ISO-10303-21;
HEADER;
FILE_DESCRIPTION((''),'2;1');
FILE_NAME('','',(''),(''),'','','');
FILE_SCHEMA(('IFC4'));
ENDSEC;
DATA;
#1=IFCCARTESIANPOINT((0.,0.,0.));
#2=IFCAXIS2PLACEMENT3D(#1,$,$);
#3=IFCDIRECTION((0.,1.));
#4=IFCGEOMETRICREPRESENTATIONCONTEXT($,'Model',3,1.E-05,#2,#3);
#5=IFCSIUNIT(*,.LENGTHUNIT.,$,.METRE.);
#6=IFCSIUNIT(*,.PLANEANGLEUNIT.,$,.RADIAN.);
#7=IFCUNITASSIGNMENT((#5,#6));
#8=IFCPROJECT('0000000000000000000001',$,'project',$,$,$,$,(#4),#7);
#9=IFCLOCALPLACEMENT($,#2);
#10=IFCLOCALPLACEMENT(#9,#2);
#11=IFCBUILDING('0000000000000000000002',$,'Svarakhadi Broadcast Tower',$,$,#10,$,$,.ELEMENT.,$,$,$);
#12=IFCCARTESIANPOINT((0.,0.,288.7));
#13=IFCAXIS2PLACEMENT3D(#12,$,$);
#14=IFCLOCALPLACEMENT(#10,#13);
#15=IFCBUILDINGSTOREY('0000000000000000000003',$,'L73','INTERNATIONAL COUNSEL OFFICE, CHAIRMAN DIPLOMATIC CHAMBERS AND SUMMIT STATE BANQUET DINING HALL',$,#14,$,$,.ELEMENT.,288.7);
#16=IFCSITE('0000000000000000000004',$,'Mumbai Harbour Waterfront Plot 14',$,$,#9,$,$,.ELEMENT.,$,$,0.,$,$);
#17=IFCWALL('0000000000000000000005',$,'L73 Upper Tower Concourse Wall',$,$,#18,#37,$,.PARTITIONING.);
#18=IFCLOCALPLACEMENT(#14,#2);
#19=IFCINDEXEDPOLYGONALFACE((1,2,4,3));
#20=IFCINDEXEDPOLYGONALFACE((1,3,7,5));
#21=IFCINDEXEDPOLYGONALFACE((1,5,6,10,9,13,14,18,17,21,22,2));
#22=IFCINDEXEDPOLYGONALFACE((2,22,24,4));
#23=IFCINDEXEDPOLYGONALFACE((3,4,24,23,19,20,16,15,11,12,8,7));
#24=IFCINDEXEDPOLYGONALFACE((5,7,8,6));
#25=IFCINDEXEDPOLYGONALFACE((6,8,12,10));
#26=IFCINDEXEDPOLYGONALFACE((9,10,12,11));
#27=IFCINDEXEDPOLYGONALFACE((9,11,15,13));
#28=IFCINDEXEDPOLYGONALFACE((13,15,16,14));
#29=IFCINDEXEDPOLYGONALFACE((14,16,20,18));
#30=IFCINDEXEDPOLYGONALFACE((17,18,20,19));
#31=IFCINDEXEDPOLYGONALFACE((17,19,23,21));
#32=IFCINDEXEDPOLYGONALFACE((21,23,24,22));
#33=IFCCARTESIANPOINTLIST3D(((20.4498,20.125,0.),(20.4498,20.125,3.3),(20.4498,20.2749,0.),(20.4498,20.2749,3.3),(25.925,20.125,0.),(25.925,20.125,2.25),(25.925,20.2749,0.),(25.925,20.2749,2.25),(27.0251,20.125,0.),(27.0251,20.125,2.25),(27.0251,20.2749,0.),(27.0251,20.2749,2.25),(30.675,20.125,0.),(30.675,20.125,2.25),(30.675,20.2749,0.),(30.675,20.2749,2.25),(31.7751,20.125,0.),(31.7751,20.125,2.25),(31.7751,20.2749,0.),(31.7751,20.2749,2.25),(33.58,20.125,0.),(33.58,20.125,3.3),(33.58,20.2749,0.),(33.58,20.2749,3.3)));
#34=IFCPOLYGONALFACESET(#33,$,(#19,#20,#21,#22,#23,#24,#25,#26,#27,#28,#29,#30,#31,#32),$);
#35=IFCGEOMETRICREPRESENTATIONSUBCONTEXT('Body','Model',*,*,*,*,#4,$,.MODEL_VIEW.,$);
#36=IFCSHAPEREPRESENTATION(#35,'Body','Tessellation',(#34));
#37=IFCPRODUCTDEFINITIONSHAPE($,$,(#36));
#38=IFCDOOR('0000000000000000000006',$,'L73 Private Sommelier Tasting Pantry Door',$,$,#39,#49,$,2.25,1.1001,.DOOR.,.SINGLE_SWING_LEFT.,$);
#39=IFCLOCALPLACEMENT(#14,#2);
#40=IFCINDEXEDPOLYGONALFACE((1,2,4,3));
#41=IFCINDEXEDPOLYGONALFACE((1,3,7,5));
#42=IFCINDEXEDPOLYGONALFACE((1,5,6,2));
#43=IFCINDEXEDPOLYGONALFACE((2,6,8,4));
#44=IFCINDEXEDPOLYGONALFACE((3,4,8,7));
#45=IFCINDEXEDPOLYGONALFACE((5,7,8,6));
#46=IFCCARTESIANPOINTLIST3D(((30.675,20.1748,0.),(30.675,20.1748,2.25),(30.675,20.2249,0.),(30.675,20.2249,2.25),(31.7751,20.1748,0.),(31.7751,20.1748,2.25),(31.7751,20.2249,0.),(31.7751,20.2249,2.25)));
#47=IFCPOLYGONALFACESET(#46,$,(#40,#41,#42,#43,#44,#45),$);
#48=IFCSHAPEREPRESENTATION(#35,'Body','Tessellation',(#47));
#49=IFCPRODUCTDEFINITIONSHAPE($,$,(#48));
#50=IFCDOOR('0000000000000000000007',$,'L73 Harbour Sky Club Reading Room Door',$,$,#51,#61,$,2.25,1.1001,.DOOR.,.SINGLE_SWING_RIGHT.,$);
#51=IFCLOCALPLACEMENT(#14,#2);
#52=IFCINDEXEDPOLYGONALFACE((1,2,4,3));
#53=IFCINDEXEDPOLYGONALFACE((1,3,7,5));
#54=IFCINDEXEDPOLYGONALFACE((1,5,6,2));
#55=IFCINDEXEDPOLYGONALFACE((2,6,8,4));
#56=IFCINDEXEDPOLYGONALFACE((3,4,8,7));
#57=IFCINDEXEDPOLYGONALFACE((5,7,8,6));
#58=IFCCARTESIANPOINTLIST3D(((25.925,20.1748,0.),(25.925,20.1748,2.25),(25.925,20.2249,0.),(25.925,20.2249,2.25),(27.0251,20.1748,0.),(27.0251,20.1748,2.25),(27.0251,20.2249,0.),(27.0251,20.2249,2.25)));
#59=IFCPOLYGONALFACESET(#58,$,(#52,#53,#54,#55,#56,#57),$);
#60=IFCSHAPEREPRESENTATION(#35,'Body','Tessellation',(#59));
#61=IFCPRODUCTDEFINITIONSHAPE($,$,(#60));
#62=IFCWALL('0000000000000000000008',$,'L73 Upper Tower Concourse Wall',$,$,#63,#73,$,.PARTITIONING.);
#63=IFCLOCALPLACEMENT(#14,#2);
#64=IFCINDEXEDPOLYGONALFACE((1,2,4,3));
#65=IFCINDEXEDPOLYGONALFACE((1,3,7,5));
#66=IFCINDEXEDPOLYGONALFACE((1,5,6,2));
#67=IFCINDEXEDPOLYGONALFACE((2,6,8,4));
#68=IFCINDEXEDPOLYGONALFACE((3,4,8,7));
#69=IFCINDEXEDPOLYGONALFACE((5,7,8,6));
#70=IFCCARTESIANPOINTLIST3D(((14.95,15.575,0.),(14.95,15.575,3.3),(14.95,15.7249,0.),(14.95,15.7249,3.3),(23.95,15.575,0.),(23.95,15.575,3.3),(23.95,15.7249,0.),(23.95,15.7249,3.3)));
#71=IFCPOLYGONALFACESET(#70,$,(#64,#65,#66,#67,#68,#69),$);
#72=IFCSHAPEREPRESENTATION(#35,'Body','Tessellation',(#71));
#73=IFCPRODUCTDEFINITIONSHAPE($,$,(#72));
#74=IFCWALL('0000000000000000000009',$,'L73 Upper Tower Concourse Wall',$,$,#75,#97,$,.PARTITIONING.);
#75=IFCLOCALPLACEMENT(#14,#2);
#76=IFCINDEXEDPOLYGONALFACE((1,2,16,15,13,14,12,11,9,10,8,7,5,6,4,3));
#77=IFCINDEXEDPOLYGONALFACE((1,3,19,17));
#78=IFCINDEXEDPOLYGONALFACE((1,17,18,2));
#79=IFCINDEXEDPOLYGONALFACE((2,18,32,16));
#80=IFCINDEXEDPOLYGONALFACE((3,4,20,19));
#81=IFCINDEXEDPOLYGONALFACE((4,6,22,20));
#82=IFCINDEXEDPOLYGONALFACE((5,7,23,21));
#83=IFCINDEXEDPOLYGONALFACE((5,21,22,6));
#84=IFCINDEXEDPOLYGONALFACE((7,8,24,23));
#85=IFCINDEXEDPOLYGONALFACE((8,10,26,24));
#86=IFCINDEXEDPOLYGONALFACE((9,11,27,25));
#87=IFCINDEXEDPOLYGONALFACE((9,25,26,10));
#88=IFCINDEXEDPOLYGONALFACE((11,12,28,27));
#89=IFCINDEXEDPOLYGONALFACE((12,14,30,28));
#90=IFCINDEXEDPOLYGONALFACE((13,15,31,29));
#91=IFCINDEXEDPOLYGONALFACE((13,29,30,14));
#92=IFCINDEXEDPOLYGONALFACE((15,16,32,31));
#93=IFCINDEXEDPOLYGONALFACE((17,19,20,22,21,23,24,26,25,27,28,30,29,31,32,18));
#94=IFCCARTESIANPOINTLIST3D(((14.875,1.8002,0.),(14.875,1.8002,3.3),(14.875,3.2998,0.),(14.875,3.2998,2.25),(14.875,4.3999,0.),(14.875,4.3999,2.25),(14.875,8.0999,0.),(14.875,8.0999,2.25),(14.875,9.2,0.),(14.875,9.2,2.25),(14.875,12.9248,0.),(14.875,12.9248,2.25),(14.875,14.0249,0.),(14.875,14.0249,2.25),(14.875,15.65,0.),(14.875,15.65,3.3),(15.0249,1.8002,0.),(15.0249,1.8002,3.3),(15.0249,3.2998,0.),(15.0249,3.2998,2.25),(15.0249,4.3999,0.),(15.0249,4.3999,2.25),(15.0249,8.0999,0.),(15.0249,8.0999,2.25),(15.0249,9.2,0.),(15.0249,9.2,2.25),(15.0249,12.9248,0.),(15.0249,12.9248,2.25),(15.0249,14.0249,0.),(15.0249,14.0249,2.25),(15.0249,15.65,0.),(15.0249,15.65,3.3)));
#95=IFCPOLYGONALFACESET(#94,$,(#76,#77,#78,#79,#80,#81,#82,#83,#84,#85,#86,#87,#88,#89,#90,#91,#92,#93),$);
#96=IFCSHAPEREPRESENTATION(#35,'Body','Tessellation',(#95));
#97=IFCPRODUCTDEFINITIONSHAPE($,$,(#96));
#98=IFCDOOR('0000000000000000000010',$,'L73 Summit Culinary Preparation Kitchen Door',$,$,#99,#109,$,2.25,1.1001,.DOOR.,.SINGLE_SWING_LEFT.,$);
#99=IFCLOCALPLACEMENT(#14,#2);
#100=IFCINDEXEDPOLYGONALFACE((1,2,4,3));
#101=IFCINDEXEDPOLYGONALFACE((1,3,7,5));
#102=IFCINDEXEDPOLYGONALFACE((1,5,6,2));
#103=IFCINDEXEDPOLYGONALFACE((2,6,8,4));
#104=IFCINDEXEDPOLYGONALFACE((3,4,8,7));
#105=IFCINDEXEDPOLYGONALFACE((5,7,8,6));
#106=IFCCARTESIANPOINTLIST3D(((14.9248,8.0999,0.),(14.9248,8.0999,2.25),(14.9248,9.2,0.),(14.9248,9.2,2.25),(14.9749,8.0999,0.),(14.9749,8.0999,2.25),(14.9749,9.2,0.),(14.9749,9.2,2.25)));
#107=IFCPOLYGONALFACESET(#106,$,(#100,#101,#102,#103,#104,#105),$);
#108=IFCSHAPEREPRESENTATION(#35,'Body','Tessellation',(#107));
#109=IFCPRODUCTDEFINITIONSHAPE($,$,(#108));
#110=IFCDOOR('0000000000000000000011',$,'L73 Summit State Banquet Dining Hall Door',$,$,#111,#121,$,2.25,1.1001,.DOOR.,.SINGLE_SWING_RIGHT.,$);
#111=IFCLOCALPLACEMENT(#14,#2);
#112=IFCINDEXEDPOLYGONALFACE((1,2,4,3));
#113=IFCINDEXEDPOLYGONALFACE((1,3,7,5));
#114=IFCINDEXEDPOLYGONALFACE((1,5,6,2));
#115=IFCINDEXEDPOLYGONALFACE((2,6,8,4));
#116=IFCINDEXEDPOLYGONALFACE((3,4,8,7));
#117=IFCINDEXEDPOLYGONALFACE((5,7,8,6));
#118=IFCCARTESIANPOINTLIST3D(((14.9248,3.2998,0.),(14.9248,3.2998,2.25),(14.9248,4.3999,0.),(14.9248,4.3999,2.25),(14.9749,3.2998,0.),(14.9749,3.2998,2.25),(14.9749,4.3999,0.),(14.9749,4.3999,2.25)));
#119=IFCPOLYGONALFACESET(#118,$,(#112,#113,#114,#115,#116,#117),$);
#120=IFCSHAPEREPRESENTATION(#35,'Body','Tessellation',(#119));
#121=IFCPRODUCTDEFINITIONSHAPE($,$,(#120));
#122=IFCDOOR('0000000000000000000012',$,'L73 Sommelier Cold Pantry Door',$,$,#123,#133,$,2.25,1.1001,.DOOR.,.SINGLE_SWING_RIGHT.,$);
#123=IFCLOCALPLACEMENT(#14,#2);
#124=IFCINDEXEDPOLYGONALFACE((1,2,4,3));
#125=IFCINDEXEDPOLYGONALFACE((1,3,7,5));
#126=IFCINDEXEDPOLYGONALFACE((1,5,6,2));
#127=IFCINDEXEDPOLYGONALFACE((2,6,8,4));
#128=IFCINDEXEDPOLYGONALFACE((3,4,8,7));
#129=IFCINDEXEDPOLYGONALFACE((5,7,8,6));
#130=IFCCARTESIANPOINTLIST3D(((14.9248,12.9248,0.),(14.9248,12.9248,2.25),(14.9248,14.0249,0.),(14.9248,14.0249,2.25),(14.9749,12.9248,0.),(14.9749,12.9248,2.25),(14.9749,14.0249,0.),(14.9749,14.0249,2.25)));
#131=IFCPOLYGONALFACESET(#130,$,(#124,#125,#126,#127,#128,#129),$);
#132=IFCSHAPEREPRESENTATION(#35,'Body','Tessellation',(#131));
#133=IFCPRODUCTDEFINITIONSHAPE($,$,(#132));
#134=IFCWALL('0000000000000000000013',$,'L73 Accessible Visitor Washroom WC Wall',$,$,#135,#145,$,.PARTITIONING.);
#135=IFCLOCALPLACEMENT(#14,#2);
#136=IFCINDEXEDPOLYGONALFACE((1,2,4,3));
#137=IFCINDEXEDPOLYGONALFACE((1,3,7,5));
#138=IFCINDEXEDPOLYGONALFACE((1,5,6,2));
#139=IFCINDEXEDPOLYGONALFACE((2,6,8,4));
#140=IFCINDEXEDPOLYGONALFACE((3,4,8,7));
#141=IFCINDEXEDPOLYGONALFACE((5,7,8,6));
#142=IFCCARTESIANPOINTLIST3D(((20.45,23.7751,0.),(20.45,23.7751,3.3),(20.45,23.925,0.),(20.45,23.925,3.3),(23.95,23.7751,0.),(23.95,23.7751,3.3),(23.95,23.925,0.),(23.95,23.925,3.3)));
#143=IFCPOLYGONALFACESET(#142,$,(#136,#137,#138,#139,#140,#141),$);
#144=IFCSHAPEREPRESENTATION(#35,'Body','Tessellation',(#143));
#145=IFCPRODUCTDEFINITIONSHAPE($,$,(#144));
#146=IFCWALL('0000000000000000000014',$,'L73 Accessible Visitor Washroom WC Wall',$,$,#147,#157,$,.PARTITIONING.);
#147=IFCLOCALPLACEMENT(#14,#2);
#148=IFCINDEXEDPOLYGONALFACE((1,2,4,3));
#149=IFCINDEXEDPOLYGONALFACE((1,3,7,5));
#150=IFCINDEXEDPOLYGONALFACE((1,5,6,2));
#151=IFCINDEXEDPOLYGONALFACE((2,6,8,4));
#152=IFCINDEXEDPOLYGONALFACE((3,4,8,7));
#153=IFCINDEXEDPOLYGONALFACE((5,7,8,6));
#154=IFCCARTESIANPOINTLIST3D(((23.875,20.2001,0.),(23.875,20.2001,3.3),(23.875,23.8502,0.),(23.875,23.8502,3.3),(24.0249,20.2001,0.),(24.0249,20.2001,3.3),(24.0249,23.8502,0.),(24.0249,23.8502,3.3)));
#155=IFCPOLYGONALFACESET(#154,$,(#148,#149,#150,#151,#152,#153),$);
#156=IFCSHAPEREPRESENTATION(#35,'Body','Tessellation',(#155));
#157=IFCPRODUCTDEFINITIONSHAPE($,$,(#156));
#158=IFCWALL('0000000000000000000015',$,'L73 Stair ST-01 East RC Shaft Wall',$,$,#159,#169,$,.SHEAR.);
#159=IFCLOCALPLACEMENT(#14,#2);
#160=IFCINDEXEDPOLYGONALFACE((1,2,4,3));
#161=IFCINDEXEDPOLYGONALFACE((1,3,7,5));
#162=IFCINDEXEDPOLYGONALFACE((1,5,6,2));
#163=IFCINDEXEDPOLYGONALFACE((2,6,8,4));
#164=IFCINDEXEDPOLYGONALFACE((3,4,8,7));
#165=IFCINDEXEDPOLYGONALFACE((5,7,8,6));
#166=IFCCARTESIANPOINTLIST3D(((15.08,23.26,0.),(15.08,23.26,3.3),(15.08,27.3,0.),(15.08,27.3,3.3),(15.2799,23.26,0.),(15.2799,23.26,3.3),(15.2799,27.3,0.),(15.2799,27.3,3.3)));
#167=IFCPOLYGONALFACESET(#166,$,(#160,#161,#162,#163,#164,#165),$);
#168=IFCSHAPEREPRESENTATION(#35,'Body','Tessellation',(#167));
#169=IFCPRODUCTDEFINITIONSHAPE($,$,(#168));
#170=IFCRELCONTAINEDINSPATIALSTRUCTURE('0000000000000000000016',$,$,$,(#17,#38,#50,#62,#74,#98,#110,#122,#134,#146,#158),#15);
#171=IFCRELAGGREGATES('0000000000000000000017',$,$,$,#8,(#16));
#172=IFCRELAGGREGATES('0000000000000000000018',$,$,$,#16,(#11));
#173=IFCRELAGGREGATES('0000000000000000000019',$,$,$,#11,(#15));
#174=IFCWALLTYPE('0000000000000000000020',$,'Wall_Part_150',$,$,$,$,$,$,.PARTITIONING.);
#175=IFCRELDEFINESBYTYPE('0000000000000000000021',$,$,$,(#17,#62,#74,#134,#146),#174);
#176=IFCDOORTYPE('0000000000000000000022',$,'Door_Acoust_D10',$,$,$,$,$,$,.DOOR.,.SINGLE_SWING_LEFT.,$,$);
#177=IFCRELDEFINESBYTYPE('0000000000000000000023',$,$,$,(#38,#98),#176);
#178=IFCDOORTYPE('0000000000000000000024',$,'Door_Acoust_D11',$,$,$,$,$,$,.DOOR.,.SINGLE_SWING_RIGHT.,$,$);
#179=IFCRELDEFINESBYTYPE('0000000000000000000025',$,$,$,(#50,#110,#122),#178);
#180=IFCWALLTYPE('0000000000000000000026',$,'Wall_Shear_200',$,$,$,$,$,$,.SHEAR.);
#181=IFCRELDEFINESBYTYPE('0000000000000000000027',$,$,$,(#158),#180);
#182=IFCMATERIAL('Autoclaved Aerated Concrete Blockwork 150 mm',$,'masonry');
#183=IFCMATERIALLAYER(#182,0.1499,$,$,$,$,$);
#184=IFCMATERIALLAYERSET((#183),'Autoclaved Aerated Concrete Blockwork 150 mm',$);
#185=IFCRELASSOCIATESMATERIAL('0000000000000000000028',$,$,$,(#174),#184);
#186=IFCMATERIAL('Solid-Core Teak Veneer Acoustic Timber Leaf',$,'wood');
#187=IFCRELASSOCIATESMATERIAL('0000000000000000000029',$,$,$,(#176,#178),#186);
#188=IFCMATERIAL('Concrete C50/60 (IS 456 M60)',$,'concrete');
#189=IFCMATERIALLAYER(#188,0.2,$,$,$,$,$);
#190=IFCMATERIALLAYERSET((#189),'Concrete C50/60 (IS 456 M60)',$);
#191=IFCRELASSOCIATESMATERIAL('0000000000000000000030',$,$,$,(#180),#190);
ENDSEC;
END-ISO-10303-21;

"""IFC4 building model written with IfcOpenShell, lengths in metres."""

from ifc_helpers import new_model, si_unit, direction, frame, frame_2d, origin, place, context, subcontext, project, spatial, rectangle, extrude, material, layer, layer_set, type_object, element, fill, save


model = new_model("IFC4")

# Units and contexts
model_context = context("Model", 3, precision=1e-05, world=origin(), true_north=direction((0.0, 1.0)))
body_context = subcontext(model_context, "Body", "Model", "MODEL_VIEW")
ifc_project = project(units=[si_unit("LENGTHUNIT", "METRE"), si_unit("PLANEANGLEUNIT", "RADIAN")], contexts=[model_context])

# Site, building, storey
site_placement = place(None, origin())
site = spatial("IfcSite", under=ifc_project, at=site_placement, Name="Mumbai Harbour Waterfront Plot 14", CompositionType="ELEMENT", RefElevation=0.0)
building_placement = place(site_placement, origin())
building = spatial("IfcBuilding", under=site, at=building_placement, Name="Svarakhadi Broadcast Tower", CompositionType="ELEMENT")
storey_placement = place(building_placement, frame((0.0, 0.0, 288.7)))
storey = spatial("IfcBuildingStorey", under=building, at=storey_placement, Name="L73", Description="INTERNATIONAL COUNSEL OFFICE, CHAIRMAN DIPLOMATIC CHAMBERS AND SUMMIT STATE BANQUET DINING HALL", CompositionType="ELEMENT", Elevation=288.7)

# Shared definitions
ifc_material_1 = material(Name="Concrete C50/60 (IS 456 M60)", Category="concrete")

# Wall, openings, doors
ifc_material_2 = material(Name="Autoclaved Aerated Concrete Blockwork 150 mm", Category="masonry")
ifc_layer_1 = layer(ifc_material_2, 0.1499)
ifc_layer_set_1 = layer_set([ifc_layer_1], Name="Autoclaved Aerated Concrete Blockwork 150 mm")
wall_type_1 = type_object("IfcWallType", Name="Wall_Part_150", PredefinedType="PARTITIONING", material=ifc_layer_set_1)
wall_1_placement = place(storey_placement, frame((20.45, 20.2, 0.0), z_axis=(0.0, 0.0, 1.0), x_axis=(1.0, 0.0, 0.0)))
wall_1 = element("IfcWall", 1, at=wall_1_placement, inside=storey, type_object=wall_type_1, Name="L73 Upper Tower Concourse Wall", PredefinedType="PARTITIONING", context=body_context, shape_type="SweptSolid", body=[
    extrude(rectangle(XDim=13.1301, YDim=0.1499, at=frame_2d((6.5649, 0.0))), origin(), (0.0, 0.0, 1.0), 3.3),
])
opening_1_placement = place(wall_1_placement, frame((5.4751, 0.0, 0.0)))
opening_1 = element("IfcOpeningElement", 2, at=opening_1_placement, cuts=wall_1, PredefinedType="OPENING", context=body_context, shape_type="SweptSolid", body=[
    extrude(rectangle(XDim=1.1001, YDim=2.25, at=frame_2d((0.55, 1.125))), frame((0.0, 0.085, 0.0), z_axis=(0.0, -1.0, 0.0), x_axis=(1.0, 0.0, 0.0)), (0.0, 0.0, 1.0), 0.1699),
])
opening_2_placement = place(wall_1_placement, frame((10.2251, 0.0, 0.0)))
opening_2 = element("IfcOpeningElement", 3, at=opening_2_placement, cuts=wall_1, PredefinedType="OPENING", context=body_context, shape_type="SweptSolid", body=[
    extrude(rectangle(XDim=1.1001, YDim=2.25, at=frame_2d((0.55, 1.125))), frame((0.0, 0.085, 0.0), z_axis=(0.0, -1.0, 0.0), x_axis=(1.0, 0.0, 0.0)), (0.0, 0.0, 1.0), 0.1699),
])
ifc_material_3 = material(Name="Solid-Core Teak Veneer Acoustic Timber Leaf", Category="wood")
door_type_1 = type_object("IfcDoorType", Name="Door_Acoust_D10", OperationType="SINGLE_SWING_LEFT", PredefinedType="DOOR", material=ifc_material_3)
door_1_placement = place(opening_2_placement, origin())
door_1 = element("IfcDoor", 4, at=door_1_placement, inside=storey, type_object=door_type_1, Name="L73 Private Sommelier Tasting Pantry Door", OperationType="SINGLE_SWING_LEFT", OverallHeight=2.25, OverallWidth=1.1001, PredefinedType="DOOR", context=body_context, shape_type="SweptSolid", body=[
    extrude(rectangle(XDim=1.1001, YDim=2.25, at=frame_2d((0.55, 1.125))), frame((0.0, 0.0249, 0.0), z_axis=(0.0, -1.0, 0.0), x_axis=(1.0, 0.0, 0.0)), (0.0, 0.0, 1.0), 0.05),
])
fill(opening_2, door_1)
door_type_2 = type_object("IfcDoorType", Name="Door_Acoust_D11", OperationType="SINGLE_SWING_RIGHT", PredefinedType="DOOR", material=ifc_material_3)
door_2_placement = place(opening_1_placement, origin())
door_2 = element("IfcDoor", 5, at=door_2_placement, inside=storey, type_object=door_type_2, Name="L73 Harbour Sky Club Reading Room Door", OperationType="SINGLE_SWING_RIGHT", OverallHeight=2.25, OverallWidth=1.1001, PredefinedType="DOOR", context=body_context, shape_type="SweptSolid", body=[
    extrude(rectangle(XDim=1.1001, YDim=2.25, at=frame_2d((0.55, 1.125))), frame((0.0, 0.0249, 0.0), z_axis=(0.0, -1.0, 0.0), x_axis=(1.0, 0.0, 0.0)), (0.0, 0.0, 1.0), 0.05),
])
fill(opening_1, door_2)

# Wall
wall_2_placement = place(storey_placement, frame((23.95, 15.6499, 0.0), z_axis=(0.0, 0.0, 1.0), x_axis=(-1.0, 0.0, 0.0)))
element("IfcWall", 6, at=wall_2_placement, inside=storey, type_object=wall_type_1, Name="L73 Upper Tower Concourse Wall", PredefinedType="PARTITIONING", context=body_context, shape_type="SweptSolid", body=[
    extrude(rectangle(XDim=9.0, YDim=0.1499, at=frame_2d((4.5, 0.0))), origin(), (0.0, 0.0, 1.0), 3.3),
])

# Wall, openings, doors
wall_3_placement = place(storey_placement, frame((14.95, 15.6499, 0.0), z_axis=(0.0, 0.0, 1.0), x_axis=(0.0, -1.0, 0.0)))
wall_3 = element("IfcWall", 7, at=wall_3_placement, inside=storey, type_object=wall_type_1, Name="L73 Upper Tower Concourse Wall", PredefinedType="PARTITIONING", context=body_context, shape_type="SweptSolid", body=[
    extrude(rectangle(XDim=13.8499, YDim=0.1499, at=frame_2d((6.9248, 0.0))), origin(), (0.0, 0.0, 1.0), 3.3),
])
opening_3_placement = place(wall_3_placement, frame((11.25, 0.0, 0.0)))
opening_3 = element("IfcOpeningElement", 8, at=opening_3_placement, cuts=wall_3, PredefinedType="OPENING", context=body_context, shape_type="SweptSolid", body=[
    extrude(rectangle(XDim=1.1001, YDim=2.25, at=frame_2d((0.55, 1.125))), frame((0.0, 0.085, 0.0), z_axis=(0.0, -1.0, 0.0), x_axis=(1.0, 0.0, 0.0)), (0.0, 0.0, 1.0), 0.1699),
])
opening_4_placement = place(wall_3_placement, frame((6.45, 0.0, 0.0)))
opening_4 = element("IfcOpeningElement", 9, at=opening_4_placement, cuts=wall_3, PredefinedType="OPENING", context=body_context, shape_type="SweptSolid", body=[
    extrude(rectangle(XDim=1.1001, YDim=2.25, at=frame_2d((0.55, 1.125))), frame((0.0, 0.085, 0.0), z_axis=(0.0, -1.0, 0.0), x_axis=(1.0, 0.0, 0.0)), (0.0, 0.0, 1.0), 0.1699),
])
opening_5_placement = place(wall_3_placement, frame((1.625, 0.0, 0.0)))
opening_5 = element("IfcOpeningElement", 10, at=opening_5_placement, cuts=wall_3, PredefinedType="OPENING", context=body_context, shape_type="SweptSolid", body=[
    extrude(rectangle(XDim=1.1001, YDim=2.25, at=frame_2d((0.55, 1.125))), frame((0.0, 0.085, 0.0), z_axis=(0.0, -1.0, 0.0), x_axis=(1.0, 0.0, 0.0)), (0.0, 0.0, 1.0), 0.1699),
])
door_3_placement = place(opening_4_placement, origin())
door_3 = element("IfcDoor", 11, at=door_3_placement, inside=storey, type_object=door_type_1, Name="L73 Summit Culinary Preparation Kitchen Door", OperationType="SINGLE_SWING_LEFT", OverallHeight=2.25, OverallWidth=1.1001, PredefinedType="DOOR", context=body_context, shape_type="SweptSolid", body=[
    extrude(rectangle(XDim=1.1001, YDim=2.25, at=frame_2d((0.55, 1.125))), frame((0.0, 0.0249, 0.0), z_axis=(0.0, -1.0, 0.0), x_axis=(1.0, 0.0, 0.0)), (0.0, 0.0, 1.0), 0.05),
])
fill(opening_4, door_3)
door_4_placement = place(opening_3_placement, origin())
door_4 = element("IfcDoor", 12, at=door_4_placement, inside=storey, type_object=door_type_2, Name="L73 Summit State Banquet Dining Hall Door", OperationType="SINGLE_SWING_RIGHT", OverallHeight=2.25, OverallWidth=1.1001, PredefinedType="DOOR", context=body_context, shape_type="SweptSolid", body=[
    extrude(rectangle(XDim=1.1001, YDim=2.25, at=frame_2d((0.55, 1.125))), frame((0.0, 0.0249, 0.0), z_axis=(0.0, -1.0, 0.0), x_axis=(1.0, 0.0, 0.0)), (0.0, 0.0, 1.0), 0.05),
])
fill(opening_3, door_4)
door_5_placement = place(opening_5_placement, origin())
door_5 = element("IfcDoor", 13, at=door_5_placement, inside=storey, type_object=door_type_2, Name="L73 Sommelier Cold Pantry Door", OperationType="SINGLE_SWING_RIGHT", OverallHeight=2.25, OverallWidth=1.1001, PredefinedType="DOOR", context=body_context, shape_type="SweptSolid", body=[
    extrude(rectangle(XDim=1.1001, YDim=2.25, at=frame_2d((0.55, 1.125))), frame((0.0, 0.0249, 0.0), z_axis=(0.0, -1.0, 0.0), x_axis=(1.0, 0.0, 0.0)), (0.0, 0.0, 1.0), 0.05),
])
fill(opening_5, door_5)

# Walls
wall_4_placement = place(storey_placement, frame((20.45, 23.8501, 0.0), z_axis=(0.0, 0.0, 1.0), x_axis=(1.0, 0.0, 0.0)))
element("IfcWall", 14, at=wall_4_placement, inside=storey, type_object=wall_type_1, Name="L73 Accessible Visitor Washroom WC Wall", PredefinedType="PARTITIONING", context=body_context, shape_type="SweptSolid", body=[
    extrude(rectangle(XDim=3.5, YDim=0.1499, at=frame_2d((1.75, 0.0))), origin(), (0.0, 0.0, 1.0), 3.3),
])
wall_5_placement = place(storey_placement, frame((23.95, 20.2, 0.0), z_axis=(0.0, 0.0, 1.0), x_axis=(0.0, 1.0, 0.0)))
element("IfcWall", 15, at=wall_5_placement, inside=storey, type_object=wall_type_1, Name="L73 Accessible Visitor Washroom WC Wall", PredefinedType="PARTITIONING", context=body_context, shape_type="SweptSolid", body=[
    extrude(rectangle(XDim=3.6501, YDim=0.1499, at=frame_2d((1.8252, 0.0))), origin(), (0.0, 0.0, 1.0), 3.3),
])
ifc_layer_2 = layer(ifc_material_1, 0.2)
ifc_layer_set_2 = layer_set([ifc_layer_2], Name="Concrete C50/60 (IS 456 M60)")
wall_type_2 = type_object("IfcWallType", Name="Wall_Shear_200", PredefinedType="SHEAR", material=ifc_layer_set_2)
wall_6_placement = place(storey_placement, frame((15.1799, 23.26, 0.0), z_axis=(0.0, 0.0, 1.0), x_axis=(0.0, 1.0, 0.0)))
element("IfcWall", 16, at=wall_6_placement, inside=storey, type_object=wall_type_2, Name="L73 Stair ST-01 East RC Shaft Wall", PredefinedType="SHEAR", context=body_context, shape_type="SweptSolid", body=[
    extrude(rectangle(XDim=4.04, YDim=0.2, at=frame_2d((2.02, 0.0))), origin(), (0.0, 0.0, 1.0), 3.3),
])

save(model, "model.ifc")
